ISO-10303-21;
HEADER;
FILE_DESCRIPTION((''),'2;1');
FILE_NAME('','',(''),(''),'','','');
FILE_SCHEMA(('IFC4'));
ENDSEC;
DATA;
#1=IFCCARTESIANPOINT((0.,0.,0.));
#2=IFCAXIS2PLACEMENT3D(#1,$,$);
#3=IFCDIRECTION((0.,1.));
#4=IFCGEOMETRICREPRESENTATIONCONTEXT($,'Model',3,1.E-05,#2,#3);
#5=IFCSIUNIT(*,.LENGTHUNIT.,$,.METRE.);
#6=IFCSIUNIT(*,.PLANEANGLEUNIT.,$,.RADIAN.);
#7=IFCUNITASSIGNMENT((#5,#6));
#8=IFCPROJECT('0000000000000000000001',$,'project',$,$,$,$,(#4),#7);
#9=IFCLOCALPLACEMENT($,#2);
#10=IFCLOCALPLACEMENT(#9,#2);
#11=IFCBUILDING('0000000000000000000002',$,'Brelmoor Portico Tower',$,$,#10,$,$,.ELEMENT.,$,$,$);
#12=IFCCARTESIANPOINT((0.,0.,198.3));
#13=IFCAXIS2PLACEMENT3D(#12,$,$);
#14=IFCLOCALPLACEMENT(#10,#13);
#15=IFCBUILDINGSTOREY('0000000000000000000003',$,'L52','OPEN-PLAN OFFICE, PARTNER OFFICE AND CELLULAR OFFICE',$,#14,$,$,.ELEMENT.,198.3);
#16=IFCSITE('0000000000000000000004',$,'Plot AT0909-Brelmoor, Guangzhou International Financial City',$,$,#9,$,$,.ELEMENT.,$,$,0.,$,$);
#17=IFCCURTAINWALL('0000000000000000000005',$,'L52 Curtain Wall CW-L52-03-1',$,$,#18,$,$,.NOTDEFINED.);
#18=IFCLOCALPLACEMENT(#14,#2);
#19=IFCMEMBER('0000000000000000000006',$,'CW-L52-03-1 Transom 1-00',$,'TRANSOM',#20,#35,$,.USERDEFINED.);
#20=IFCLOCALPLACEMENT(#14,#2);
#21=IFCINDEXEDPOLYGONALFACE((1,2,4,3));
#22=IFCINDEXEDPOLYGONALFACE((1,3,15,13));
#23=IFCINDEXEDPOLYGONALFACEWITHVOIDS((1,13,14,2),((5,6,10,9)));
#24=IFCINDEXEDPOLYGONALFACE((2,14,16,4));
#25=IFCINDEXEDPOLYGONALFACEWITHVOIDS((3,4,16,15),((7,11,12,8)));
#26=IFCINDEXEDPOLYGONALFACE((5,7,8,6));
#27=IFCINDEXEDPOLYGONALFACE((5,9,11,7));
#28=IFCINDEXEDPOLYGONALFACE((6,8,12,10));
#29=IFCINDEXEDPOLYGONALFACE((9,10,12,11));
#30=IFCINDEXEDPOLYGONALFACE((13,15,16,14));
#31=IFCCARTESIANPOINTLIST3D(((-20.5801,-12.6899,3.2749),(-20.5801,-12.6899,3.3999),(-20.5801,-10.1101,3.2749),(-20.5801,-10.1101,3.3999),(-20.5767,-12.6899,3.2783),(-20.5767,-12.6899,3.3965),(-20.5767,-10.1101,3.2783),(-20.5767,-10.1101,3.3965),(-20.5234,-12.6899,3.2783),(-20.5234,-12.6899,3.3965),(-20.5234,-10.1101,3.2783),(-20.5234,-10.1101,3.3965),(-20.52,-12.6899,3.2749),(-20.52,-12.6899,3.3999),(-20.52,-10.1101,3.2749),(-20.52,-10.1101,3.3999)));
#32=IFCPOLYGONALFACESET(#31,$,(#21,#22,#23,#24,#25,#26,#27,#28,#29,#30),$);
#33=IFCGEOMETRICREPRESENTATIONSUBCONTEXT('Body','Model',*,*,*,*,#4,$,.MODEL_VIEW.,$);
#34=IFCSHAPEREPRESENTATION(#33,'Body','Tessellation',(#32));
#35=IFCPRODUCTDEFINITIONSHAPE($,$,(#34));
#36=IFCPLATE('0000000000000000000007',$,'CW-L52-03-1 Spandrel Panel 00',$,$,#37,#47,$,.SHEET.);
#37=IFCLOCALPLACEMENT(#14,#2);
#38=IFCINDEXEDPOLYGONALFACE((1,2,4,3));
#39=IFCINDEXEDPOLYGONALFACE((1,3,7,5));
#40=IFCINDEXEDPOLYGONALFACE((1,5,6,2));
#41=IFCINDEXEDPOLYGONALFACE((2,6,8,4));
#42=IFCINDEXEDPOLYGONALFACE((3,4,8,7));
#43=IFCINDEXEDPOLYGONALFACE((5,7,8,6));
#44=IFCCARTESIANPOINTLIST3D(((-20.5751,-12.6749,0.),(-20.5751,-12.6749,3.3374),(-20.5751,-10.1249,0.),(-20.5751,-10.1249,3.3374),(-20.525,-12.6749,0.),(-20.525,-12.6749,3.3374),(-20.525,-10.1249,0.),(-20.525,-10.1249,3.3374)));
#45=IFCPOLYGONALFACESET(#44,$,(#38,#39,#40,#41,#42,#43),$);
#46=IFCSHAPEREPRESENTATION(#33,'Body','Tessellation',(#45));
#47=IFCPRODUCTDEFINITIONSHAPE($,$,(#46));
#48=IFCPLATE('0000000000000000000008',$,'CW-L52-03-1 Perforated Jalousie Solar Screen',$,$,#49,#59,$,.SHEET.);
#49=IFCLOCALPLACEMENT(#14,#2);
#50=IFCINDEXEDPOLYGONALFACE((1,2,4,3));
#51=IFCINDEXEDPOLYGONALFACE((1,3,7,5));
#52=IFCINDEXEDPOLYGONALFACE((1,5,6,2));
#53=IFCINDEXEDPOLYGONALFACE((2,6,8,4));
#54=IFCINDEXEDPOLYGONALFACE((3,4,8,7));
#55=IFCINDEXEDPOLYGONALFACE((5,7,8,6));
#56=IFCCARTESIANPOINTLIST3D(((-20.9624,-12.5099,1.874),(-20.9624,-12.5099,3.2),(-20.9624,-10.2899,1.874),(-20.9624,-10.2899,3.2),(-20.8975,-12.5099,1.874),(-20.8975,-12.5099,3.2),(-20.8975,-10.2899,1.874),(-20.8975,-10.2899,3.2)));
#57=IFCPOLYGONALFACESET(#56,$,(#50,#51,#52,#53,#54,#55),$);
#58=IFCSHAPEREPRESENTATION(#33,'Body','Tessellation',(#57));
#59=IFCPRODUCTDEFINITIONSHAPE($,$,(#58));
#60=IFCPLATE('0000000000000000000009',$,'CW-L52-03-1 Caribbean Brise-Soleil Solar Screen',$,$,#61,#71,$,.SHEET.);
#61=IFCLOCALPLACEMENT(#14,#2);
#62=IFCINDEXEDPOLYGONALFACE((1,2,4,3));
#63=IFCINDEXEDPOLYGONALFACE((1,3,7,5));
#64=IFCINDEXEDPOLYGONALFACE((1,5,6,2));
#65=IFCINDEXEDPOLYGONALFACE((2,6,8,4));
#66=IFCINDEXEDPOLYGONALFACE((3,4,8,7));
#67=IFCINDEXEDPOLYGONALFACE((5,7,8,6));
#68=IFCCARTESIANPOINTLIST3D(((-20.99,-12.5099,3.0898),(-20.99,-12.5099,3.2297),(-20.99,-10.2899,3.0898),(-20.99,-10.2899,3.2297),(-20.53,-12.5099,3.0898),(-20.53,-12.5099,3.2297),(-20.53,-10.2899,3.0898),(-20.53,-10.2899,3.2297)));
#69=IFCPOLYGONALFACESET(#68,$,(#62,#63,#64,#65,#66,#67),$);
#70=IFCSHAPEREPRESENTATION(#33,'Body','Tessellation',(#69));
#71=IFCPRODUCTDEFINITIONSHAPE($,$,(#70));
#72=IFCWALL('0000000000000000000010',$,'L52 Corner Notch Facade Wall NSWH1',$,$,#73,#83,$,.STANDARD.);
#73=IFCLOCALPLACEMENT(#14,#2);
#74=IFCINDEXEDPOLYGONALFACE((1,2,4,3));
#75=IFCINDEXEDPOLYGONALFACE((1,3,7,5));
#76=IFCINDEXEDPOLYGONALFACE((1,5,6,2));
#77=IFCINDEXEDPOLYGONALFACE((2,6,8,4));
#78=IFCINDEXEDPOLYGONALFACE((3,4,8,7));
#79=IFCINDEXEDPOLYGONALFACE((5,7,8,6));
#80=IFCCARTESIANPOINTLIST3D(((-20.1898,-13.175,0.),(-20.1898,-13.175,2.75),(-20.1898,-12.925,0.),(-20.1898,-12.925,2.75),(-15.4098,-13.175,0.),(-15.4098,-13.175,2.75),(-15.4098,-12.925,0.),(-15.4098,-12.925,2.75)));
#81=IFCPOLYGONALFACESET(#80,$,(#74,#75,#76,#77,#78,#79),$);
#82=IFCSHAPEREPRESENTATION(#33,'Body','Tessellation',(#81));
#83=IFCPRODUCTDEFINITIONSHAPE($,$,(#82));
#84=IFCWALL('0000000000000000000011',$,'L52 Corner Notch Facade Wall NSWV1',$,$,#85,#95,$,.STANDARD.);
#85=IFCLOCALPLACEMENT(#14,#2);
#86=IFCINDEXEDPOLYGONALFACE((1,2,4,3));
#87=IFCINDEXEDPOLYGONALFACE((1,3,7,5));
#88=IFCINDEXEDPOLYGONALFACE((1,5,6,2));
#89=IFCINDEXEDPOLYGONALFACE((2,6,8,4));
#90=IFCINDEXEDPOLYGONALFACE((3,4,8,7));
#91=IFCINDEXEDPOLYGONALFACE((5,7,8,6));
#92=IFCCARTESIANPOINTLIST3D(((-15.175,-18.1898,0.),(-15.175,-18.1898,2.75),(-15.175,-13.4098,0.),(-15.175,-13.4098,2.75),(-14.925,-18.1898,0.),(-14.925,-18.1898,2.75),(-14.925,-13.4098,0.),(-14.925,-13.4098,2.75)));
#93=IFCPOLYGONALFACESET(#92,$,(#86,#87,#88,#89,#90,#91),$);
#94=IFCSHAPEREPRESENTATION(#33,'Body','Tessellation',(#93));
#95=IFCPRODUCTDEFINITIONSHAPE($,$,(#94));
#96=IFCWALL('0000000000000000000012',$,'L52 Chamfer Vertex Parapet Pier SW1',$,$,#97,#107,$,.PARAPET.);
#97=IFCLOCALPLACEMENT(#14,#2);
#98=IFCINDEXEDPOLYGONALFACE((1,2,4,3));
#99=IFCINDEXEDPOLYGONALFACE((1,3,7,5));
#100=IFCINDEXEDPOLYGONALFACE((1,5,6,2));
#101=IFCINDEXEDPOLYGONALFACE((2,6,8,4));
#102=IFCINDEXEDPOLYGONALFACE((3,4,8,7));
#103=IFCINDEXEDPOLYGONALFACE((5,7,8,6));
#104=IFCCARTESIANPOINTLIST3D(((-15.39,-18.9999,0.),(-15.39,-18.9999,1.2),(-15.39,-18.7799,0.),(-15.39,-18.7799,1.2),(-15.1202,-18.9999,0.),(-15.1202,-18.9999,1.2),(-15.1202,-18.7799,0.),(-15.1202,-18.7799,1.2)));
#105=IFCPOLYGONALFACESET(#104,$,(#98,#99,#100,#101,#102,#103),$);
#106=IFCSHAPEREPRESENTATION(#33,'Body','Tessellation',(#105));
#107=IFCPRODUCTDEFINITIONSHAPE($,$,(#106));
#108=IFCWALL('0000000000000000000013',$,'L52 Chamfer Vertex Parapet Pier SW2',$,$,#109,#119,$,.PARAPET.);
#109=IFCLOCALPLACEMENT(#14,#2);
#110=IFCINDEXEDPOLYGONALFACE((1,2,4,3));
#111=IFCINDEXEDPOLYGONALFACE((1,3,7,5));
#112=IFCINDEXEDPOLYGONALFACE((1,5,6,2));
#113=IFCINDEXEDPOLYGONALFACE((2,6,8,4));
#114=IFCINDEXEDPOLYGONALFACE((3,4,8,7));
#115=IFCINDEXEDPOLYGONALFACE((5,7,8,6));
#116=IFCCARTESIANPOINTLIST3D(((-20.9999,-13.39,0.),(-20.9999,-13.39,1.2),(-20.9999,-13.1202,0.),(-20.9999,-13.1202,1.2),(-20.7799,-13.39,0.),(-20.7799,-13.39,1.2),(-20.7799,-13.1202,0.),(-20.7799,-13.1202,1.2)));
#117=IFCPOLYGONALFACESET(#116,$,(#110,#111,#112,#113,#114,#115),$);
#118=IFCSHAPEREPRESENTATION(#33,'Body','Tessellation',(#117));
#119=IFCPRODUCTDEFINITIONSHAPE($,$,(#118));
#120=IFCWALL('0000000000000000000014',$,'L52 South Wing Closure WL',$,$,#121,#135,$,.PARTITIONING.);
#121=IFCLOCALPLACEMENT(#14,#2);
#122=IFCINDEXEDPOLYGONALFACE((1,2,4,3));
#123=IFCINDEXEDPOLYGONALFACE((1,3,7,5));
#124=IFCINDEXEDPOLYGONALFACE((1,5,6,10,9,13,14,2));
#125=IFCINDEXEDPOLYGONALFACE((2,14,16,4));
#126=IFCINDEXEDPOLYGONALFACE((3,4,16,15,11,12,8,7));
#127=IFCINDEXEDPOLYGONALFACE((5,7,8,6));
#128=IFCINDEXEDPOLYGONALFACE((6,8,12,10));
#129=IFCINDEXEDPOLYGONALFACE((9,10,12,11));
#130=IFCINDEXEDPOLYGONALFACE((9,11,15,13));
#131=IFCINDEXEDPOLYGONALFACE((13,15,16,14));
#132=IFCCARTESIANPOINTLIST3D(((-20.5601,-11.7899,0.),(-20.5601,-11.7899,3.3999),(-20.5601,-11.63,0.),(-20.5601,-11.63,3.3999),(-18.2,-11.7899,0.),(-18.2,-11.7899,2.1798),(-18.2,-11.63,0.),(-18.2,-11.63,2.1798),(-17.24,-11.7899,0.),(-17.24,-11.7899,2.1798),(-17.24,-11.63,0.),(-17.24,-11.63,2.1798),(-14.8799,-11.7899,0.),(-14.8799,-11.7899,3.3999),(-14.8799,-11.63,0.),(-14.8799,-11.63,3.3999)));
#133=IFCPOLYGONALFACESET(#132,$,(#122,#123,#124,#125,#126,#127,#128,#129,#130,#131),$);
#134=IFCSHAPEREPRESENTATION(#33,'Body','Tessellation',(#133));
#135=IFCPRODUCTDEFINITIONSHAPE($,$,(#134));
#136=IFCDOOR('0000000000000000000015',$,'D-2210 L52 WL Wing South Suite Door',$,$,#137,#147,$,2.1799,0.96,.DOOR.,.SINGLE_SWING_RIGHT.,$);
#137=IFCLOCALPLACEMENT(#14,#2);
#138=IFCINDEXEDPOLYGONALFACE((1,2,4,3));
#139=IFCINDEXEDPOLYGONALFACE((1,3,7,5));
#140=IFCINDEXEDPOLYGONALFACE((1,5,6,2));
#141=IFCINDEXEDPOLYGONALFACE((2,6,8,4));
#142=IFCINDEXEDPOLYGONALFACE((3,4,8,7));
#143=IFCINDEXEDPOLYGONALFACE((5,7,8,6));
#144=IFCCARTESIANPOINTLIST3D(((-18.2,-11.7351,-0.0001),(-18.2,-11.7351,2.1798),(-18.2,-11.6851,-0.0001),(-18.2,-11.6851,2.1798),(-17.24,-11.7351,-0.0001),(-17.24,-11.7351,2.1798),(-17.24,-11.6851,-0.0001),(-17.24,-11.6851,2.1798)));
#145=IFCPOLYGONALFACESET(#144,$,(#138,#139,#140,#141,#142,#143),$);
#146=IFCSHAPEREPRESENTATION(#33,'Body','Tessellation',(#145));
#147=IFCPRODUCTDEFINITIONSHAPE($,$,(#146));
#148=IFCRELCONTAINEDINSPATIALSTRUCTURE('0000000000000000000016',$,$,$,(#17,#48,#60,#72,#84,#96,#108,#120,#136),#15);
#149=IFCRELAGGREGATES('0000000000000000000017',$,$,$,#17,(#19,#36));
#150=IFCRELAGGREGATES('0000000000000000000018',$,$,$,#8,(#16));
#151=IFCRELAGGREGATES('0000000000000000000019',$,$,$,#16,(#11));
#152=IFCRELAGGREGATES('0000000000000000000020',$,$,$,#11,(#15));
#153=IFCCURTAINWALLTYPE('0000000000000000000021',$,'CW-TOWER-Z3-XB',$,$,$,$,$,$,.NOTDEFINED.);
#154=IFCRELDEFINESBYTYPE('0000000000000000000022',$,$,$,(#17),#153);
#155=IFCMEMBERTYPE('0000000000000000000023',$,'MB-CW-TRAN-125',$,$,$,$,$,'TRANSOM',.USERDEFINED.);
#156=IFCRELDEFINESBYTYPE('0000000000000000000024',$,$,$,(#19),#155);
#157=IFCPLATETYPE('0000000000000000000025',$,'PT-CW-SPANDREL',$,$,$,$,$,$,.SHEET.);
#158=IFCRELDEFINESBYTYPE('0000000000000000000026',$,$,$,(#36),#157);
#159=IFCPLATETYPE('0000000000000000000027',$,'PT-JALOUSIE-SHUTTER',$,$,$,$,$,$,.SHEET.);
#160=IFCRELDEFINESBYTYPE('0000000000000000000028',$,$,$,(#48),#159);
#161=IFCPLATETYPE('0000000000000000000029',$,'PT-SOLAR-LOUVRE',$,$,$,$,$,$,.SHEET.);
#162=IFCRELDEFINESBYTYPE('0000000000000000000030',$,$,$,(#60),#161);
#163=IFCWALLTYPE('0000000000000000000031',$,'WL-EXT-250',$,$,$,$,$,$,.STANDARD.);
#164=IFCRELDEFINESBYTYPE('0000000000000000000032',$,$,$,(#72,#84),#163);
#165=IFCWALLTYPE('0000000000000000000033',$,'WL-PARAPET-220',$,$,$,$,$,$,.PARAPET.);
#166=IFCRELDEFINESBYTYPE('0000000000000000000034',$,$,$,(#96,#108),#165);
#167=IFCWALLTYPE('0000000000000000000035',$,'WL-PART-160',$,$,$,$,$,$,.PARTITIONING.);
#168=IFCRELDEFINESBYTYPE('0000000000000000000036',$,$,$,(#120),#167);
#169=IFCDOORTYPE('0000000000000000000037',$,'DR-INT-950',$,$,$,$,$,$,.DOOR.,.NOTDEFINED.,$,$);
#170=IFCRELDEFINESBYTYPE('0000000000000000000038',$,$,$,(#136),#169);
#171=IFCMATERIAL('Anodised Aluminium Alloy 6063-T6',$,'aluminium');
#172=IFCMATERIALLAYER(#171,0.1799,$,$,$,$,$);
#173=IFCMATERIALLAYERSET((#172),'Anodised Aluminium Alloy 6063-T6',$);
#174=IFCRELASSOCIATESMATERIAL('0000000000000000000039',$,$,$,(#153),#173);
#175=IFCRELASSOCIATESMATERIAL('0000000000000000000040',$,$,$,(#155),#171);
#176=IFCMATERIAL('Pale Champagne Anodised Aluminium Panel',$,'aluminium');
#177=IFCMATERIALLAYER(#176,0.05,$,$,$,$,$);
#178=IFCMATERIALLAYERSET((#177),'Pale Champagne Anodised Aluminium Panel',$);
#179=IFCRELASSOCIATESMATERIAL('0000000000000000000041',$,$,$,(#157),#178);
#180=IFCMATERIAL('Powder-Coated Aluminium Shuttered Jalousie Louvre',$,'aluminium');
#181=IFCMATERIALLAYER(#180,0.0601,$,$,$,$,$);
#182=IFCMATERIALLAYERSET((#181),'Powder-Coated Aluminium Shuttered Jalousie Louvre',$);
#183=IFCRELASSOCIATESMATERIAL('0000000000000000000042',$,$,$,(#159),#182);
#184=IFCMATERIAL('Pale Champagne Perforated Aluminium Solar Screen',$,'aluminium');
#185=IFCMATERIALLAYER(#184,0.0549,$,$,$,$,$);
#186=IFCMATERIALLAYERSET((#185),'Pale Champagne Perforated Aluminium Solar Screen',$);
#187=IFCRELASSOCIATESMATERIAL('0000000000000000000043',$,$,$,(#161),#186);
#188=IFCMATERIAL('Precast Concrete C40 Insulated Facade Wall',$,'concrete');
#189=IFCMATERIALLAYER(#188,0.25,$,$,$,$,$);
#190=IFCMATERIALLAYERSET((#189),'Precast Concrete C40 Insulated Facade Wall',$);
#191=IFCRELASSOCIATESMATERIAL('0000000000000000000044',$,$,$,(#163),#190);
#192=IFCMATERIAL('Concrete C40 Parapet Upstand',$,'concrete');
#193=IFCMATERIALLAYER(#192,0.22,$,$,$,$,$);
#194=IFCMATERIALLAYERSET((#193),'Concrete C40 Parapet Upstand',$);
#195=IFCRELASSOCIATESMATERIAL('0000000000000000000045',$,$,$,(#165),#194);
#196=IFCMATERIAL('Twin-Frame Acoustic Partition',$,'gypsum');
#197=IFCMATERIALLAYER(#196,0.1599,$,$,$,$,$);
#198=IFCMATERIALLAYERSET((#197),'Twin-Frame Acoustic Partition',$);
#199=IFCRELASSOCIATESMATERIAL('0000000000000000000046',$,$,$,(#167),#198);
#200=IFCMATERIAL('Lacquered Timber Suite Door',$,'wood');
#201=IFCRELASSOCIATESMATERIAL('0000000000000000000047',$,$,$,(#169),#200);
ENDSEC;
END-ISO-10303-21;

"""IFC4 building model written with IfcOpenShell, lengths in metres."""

from ifc_helpers import new_model, si_unit, direction, frame, frame_2d, origin, origin_2d, place, context, subcontext, project, spatial, rectangle, hollow_rectangle, extrude, material, layer, layer_set, material_profile, profile_set, type_object, element, fill, aggregate, save


model = new_model("IFC4")

# Units and contexts
model_context = context("Model", 3, precision=1e-05, world=origin(), true_north=direction((0.0, 1.0)))
body_context = subcontext(model_context, "Body", "Model", "MODEL_VIEW")
ifc_project = project(units=[si_unit("LENGTHUNIT", "METRE"), si_unit("PLANEANGLEUNIT", "RADIAN")], contexts=[model_context])

# Site, building, storey
site_placement = place(None, origin())
site = spatial("IfcSite", under=ifc_project, at=site_placement, Name="Plot AT0909-Brelmoor, Guangzhou International Financial City", CompositionType="ELEMENT", RefElevation=0.0)
building_placement = place(site_placement, origin())
building = spatial("IfcBuilding", under=site, at=building_placement, Name="Brelmoor Portico Tower", CompositionType="ELEMENT")
storey_placement = place(building_placement, frame((0.0, 0.0, 198.3)))
storey = spatial("IfcBuildingStorey", under=building, at=storey_placement, Name="L52", Description="OPEN-PLAN OFFICE, PARTNER OFFICE AND CELLULAR OFFICE", CompositionType="ELEMENT", Elevation=198.3)

# Curtain wall
ifc_material_1 = material(Name="Anodised Aluminium Alloy 6063-T6", Category="aluminium")
ifc_layer_1 = layer(ifc_material_1, 0.1799)
ifc_layer_set_1 = layer_set([ifc_layer_1], Name="Anodised Aluminium Alloy 6063-T6")
curtain_wall_type = type_object("IfcCurtainWallType", Name="CW-TOWER-Z3-XB", PredefinedType="NOTDEFINED", material=ifc_layer_set_1)
curtain_wall_1_placement = place(storey_placement, origin())
curtain_wall_1 = element("IfcCurtainWall", 1, at=curtain_wall_1_placement, inside=storey, type_object=curtain_wall_type, Name="L52 Curtain Wall CW-L52-03-1", PredefinedType="NOTDEFINED")

# Member
ifc_material_profile_1 = material_profile(ifc_material_1, hollow_rectangle(XDim=0.0601, YDim=0.125, WallThickness=0.0034, at=origin_2d()), Name="ALU TRANSOM 60x125")
ifc_profile_set_1 = profile_set([ifc_material_profile_1], Name="Anodised Aluminium Alloy 6063-T6")
member_type_1 = type_object("IfcMemberType", Name="MB-CW-TRAN-125", ElementType="TRANSOM", PredefinedType="USERDEFINED", material=ifc_profile_set_1)
member_1_placement = place(storey_placement, frame((-20.55, -12.6899, 3.3374), z_axis=(0.0, 1.0, 0.0), x_axis=(-1.0, 0.0, 0.0)))
member_1 = element("IfcMember", 2, at=member_1_placement, type_object=member_type_1, Name="CW-L52-03-1 Transom 1-00", ObjectType="TRANSOM", PredefinedType="USERDEFINED", context=body_context, shape_type="SweptSolid", body=[
    extrude(hollow_rectangle(XDim=0.0601, YDim=0.125, WallThickness=0.0034, at=origin_2d()), origin(), (0.0, 0.0, 1.0), 2.5798),
])

# Plate
ifc_material_2 = material(Name="Pale Champagne Anodised Aluminium Panel", Category="aluminium")
ifc_layer_2 = layer(ifc_material_2, 0.05)
ifc_layer_set_2 = layer_set([ifc_layer_2], Name="Pale Champagne Anodised Aluminium Panel")
plate_type_1 = type_object("IfcPlateType", Name="PT-CW-SPANDREL", PredefinedType="SHEET", material=ifc_layer_set_2)
plate_1_placement = place(storey_placement, frame((-20.55, -11.3999, 0.0), z_axis=(0.0, 0.0, 1.0), x_axis=(0.0, 1.0, 0.0)))
plate_1 = element("IfcPlate", 3, at=plate_1_placement, type_object=plate_type_1, Name="CW-L52-03-1 Spandrel Panel 00", PredefinedType="SHEET", context=body_context, shape_type="SweptSolid", body=[
    extrude(rectangle(XDim=2.55, YDim=0.05, at=origin_2d()), origin(), (0.0, 0.0, 1.0), 3.3374),
])
aggregate(curtain_wall_1, [member_1, plate_1])

# Plates
ifc_material_3 = material(Name="Powder-Coated Aluminium Shuttered Jalousie Louvre", Category="aluminium")
ifc_layer_3 = layer(ifc_material_3, 0.0601)
ifc_layer_set_3 = layer_set([ifc_layer_3], Name="Powder-Coated Aluminium Shuttered Jalousie Louvre")
plate_type_2 = type_object("IfcPlateType", Name="PT-JALOUSIE-SHUTTER", PredefinedType="SHEET", material=ifc_layer_set_3)
plate_2_placement = place(storey_placement, frame((-20.9299, -11.3999, 1.874), z_axis=(0.0, 0.0, 1.0), x_axis=(0.0, 1.0, 0.0)))
element("IfcPlate", 4, at=plate_2_placement, inside=storey, type_object=plate_type_2, Name="CW-L52-03-1 Perforated Jalousie Solar Screen", PredefinedType="SHEET", context=body_context, shape_type="SweptSolid", body=[
    extrude(rectangle(XDim=2.22, YDim=0.0649, at=origin_2d()), origin(), (0.0, 0.0, 1.0), 1.3259),
])
ifc_material_4 = material(Name="Pale Champagne Perforated Aluminium Solar Screen", Category="aluminium")
ifc_layer_4 = layer(ifc_material_4, 0.0549)
ifc_layer_set_4 = layer_set([ifc_layer_4], Name="Pale Champagne Perforated Aluminium Solar Screen")
plate_type_3 = type_object("IfcPlateType", Name="PT-SOLAR-LOUVRE", PredefinedType="SHEET", material=ifc_layer_set_4)
plate_3_placement = place(storey_placement, frame((-20.76, -11.3999, 3.0898), z_axis=(0.0, 0.0, 1.0), x_axis=(0.0, 1.0, 0.0)))
element("IfcPlate", 5, at=plate_3_placement, inside=storey, type_object=plate_type_3, Name="CW-L52-03-1 Caribbean Brise-Soleil Solar Screen", PredefinedType="SHEET", context=body_context, shape_type="SweptSolid", body=[
    extrude(rectangle(XDim=2.22, YDim=0.46, at=origin_2d()), origin(), (0.0, 0.0, 1.0), 0.1399),
])

# Walls
ifc_material_5 = material(Name="Precast Concrete C40 Insulated Facade Wall", Category="concrete")
ifc_layer_5 = layer(ifc_material_5, 0.25)
ifc_layer_set_5 = layer_set([ifc_layer_5], Name="Precast Concrete C40 Insulated Facade Wall")
wall_type_1 = type_object("IfcWallType", Name="WL-EXT-250", PredefinedType="STANDARD", material=ifc_layer_set_5)
for number, where, z_axis, x_axis, name in (
    (6, (-20.1899, -13.05, 0.0), (0.0, 0.0, 1.0), (1.0, 0.0, 0.0), "L52 Corner Notch Facade Wall NSWH1"),
    (7, (-15.05, -18.1899, 0.0), (0.0, 0.0, 1.0), (0.0, 1.0, 0.0), "L52 Corner Notch Facade Wall NSWV1"),
):
    element("IfcWall", number, at=place(storey_placement, frame(where, z_axis=z_axis, x_axis=x_axis)), inside=storey, type_object=wall_type_1, Name=name, PredefinedType="STANDARD", context=body_context, shape_type="SweptSolid", body=[
        extrude(rectangle(XDim=4.78, YDim=0.25, at=frame_2d((2.3901, 0.0))), origin(), (0.0, 0.0, 1.0), 2.75),
    ])
ifc_material_6 = material(Name="Concrete C40 Parapet Upstand", Category="concrete")
ifc_layer_6 = layer(ifc_material_6, 0.22)
ifc_layer_set_6 = layer_set([ifc_layer_6], Name="Concrete C40 Parapet Upstand")
wall_type_2 = type_object("IfcWallType", Name="WL-PARAPET-220", PredefinedType="PARAPET", material=ifc_layer_set_6)
for number, where, z_axis, x_axis, name in (
    (8, (-15.3899, -18.8899, 0.0), (0.0, 0.0, 1.0), (1.0, 0.0, 0.0), "L52 Chamfer Vertex Parapet Pier SW1"),
    (9, (-20.8899, -13.3899, 0.0), (0.0, 0.0, 1.0), (0.0, 1.0, 0.0), "L52 Chamfer Vertex Parapet Pier SW2"),
):
    element("IfcWall", number, at=place(storey_placement, frame(where, z_axis=z_axis, x_axis=x_axis)), inside=storey, type_object=wall_type_2, Name=name, PredefinedType="PARAPET", context=body_context, shape_type="SweptSolid", body=[
        extrude(rectangle(XDim=0.2698, YDim=0.22, at=frame_2d((0.1348, 0.0))), origin(), (0.0, 0.0, 1.0), 1.2),
    ])

# Wall, opening, door
ifc_material_7 = material(Name="Twin-Frame Acoustic Partition", Category="gypsum")
ifc_layer_7 = layer(ifc_material_7, 0.1599)
ifc_layer_set_7 = layer_set([ifc_layer_7], Name="Twin-Frame Acoustic Partition")
wall_type_3 = type_object("IfcWallType", Name="WL-PART-160", PredefinedType="PARTITIONING", material=ifc_layer_set_7)
wall_placement = place(storey_placement, frame((-20.5601, -11.71, 0.0), z_axis=(0.0, 0.0, 1.0), x_axis=(1.0, 0.0, 0.0)))
wall = element("IfcWall", 10, at=wall_placement, inside=storey, type_object=wall_type_3, Name="L52 South Wing Closure WL", PredefinedType="PARTITIONING", context=body_context, shape_type="SweptSolid", body=[
    extrude(rectangle(XDim=5.6802, YDim=0.1599, at=frame_2d((2.8401, 0.0))), origin(), (0.0, 0.0, 1.0), 3.3999),
])
opening_placement = place(wall_placement, frame((2.3601, 0.0, 0.0)))
opening = element("IfcOpeningElement", 11, at=opening_placement, cuts=wall, PredefinedType="OPENING", context=body_context, shape_type="SweptSolid", body=[
    extrude(rectangle(XDim=0.96, YDim=2.1799, at=frame_2d((0.48, 1.0898))), frame((0.0, 0.0898, 0.0), z_axis=(0.0, -1.0, 0.0), x_axis=(1.0, 0.0, 0.0)), (0.0, 0.0, 1.0), 0.1799),
])
ifc_material_8 = material(Name="Lacquered Timber Suite Door", Category="wood")
door_type = type_object("IfcDoorType", Name="DR-INT-950", OperationType="NOTDEFINED", PredefinedType="DOOR", material=ifc_material_8)
door_placement = place(opening_placement, origin())
door = element("IfcDoor", 12, at=door_placement, inside=storey, type_object=door_type, Name="D-2210 L52 WL Wing South Suite Door", OperationType="SINGLE_SWING_RIGHT", OverallHeight=2.1799, OverallWidth=0.96, PredefinedType="DOOR", context=body_context, shape_type="SweptSolid", body=[
    extrude(rectangle(XDim=0.96, YDim=2.1799, at=frame_2d((0.48, 1.0898))), frame((0.0, 0.0249, 0.0), z_axis=(0.0, -1.0, 0.0), x_axis=(1.0, 0.0, 0.0)), (0.0, 0.0, 1.0), 0.05),
])
fill(opening, door)

save(model, "model.ifc")
